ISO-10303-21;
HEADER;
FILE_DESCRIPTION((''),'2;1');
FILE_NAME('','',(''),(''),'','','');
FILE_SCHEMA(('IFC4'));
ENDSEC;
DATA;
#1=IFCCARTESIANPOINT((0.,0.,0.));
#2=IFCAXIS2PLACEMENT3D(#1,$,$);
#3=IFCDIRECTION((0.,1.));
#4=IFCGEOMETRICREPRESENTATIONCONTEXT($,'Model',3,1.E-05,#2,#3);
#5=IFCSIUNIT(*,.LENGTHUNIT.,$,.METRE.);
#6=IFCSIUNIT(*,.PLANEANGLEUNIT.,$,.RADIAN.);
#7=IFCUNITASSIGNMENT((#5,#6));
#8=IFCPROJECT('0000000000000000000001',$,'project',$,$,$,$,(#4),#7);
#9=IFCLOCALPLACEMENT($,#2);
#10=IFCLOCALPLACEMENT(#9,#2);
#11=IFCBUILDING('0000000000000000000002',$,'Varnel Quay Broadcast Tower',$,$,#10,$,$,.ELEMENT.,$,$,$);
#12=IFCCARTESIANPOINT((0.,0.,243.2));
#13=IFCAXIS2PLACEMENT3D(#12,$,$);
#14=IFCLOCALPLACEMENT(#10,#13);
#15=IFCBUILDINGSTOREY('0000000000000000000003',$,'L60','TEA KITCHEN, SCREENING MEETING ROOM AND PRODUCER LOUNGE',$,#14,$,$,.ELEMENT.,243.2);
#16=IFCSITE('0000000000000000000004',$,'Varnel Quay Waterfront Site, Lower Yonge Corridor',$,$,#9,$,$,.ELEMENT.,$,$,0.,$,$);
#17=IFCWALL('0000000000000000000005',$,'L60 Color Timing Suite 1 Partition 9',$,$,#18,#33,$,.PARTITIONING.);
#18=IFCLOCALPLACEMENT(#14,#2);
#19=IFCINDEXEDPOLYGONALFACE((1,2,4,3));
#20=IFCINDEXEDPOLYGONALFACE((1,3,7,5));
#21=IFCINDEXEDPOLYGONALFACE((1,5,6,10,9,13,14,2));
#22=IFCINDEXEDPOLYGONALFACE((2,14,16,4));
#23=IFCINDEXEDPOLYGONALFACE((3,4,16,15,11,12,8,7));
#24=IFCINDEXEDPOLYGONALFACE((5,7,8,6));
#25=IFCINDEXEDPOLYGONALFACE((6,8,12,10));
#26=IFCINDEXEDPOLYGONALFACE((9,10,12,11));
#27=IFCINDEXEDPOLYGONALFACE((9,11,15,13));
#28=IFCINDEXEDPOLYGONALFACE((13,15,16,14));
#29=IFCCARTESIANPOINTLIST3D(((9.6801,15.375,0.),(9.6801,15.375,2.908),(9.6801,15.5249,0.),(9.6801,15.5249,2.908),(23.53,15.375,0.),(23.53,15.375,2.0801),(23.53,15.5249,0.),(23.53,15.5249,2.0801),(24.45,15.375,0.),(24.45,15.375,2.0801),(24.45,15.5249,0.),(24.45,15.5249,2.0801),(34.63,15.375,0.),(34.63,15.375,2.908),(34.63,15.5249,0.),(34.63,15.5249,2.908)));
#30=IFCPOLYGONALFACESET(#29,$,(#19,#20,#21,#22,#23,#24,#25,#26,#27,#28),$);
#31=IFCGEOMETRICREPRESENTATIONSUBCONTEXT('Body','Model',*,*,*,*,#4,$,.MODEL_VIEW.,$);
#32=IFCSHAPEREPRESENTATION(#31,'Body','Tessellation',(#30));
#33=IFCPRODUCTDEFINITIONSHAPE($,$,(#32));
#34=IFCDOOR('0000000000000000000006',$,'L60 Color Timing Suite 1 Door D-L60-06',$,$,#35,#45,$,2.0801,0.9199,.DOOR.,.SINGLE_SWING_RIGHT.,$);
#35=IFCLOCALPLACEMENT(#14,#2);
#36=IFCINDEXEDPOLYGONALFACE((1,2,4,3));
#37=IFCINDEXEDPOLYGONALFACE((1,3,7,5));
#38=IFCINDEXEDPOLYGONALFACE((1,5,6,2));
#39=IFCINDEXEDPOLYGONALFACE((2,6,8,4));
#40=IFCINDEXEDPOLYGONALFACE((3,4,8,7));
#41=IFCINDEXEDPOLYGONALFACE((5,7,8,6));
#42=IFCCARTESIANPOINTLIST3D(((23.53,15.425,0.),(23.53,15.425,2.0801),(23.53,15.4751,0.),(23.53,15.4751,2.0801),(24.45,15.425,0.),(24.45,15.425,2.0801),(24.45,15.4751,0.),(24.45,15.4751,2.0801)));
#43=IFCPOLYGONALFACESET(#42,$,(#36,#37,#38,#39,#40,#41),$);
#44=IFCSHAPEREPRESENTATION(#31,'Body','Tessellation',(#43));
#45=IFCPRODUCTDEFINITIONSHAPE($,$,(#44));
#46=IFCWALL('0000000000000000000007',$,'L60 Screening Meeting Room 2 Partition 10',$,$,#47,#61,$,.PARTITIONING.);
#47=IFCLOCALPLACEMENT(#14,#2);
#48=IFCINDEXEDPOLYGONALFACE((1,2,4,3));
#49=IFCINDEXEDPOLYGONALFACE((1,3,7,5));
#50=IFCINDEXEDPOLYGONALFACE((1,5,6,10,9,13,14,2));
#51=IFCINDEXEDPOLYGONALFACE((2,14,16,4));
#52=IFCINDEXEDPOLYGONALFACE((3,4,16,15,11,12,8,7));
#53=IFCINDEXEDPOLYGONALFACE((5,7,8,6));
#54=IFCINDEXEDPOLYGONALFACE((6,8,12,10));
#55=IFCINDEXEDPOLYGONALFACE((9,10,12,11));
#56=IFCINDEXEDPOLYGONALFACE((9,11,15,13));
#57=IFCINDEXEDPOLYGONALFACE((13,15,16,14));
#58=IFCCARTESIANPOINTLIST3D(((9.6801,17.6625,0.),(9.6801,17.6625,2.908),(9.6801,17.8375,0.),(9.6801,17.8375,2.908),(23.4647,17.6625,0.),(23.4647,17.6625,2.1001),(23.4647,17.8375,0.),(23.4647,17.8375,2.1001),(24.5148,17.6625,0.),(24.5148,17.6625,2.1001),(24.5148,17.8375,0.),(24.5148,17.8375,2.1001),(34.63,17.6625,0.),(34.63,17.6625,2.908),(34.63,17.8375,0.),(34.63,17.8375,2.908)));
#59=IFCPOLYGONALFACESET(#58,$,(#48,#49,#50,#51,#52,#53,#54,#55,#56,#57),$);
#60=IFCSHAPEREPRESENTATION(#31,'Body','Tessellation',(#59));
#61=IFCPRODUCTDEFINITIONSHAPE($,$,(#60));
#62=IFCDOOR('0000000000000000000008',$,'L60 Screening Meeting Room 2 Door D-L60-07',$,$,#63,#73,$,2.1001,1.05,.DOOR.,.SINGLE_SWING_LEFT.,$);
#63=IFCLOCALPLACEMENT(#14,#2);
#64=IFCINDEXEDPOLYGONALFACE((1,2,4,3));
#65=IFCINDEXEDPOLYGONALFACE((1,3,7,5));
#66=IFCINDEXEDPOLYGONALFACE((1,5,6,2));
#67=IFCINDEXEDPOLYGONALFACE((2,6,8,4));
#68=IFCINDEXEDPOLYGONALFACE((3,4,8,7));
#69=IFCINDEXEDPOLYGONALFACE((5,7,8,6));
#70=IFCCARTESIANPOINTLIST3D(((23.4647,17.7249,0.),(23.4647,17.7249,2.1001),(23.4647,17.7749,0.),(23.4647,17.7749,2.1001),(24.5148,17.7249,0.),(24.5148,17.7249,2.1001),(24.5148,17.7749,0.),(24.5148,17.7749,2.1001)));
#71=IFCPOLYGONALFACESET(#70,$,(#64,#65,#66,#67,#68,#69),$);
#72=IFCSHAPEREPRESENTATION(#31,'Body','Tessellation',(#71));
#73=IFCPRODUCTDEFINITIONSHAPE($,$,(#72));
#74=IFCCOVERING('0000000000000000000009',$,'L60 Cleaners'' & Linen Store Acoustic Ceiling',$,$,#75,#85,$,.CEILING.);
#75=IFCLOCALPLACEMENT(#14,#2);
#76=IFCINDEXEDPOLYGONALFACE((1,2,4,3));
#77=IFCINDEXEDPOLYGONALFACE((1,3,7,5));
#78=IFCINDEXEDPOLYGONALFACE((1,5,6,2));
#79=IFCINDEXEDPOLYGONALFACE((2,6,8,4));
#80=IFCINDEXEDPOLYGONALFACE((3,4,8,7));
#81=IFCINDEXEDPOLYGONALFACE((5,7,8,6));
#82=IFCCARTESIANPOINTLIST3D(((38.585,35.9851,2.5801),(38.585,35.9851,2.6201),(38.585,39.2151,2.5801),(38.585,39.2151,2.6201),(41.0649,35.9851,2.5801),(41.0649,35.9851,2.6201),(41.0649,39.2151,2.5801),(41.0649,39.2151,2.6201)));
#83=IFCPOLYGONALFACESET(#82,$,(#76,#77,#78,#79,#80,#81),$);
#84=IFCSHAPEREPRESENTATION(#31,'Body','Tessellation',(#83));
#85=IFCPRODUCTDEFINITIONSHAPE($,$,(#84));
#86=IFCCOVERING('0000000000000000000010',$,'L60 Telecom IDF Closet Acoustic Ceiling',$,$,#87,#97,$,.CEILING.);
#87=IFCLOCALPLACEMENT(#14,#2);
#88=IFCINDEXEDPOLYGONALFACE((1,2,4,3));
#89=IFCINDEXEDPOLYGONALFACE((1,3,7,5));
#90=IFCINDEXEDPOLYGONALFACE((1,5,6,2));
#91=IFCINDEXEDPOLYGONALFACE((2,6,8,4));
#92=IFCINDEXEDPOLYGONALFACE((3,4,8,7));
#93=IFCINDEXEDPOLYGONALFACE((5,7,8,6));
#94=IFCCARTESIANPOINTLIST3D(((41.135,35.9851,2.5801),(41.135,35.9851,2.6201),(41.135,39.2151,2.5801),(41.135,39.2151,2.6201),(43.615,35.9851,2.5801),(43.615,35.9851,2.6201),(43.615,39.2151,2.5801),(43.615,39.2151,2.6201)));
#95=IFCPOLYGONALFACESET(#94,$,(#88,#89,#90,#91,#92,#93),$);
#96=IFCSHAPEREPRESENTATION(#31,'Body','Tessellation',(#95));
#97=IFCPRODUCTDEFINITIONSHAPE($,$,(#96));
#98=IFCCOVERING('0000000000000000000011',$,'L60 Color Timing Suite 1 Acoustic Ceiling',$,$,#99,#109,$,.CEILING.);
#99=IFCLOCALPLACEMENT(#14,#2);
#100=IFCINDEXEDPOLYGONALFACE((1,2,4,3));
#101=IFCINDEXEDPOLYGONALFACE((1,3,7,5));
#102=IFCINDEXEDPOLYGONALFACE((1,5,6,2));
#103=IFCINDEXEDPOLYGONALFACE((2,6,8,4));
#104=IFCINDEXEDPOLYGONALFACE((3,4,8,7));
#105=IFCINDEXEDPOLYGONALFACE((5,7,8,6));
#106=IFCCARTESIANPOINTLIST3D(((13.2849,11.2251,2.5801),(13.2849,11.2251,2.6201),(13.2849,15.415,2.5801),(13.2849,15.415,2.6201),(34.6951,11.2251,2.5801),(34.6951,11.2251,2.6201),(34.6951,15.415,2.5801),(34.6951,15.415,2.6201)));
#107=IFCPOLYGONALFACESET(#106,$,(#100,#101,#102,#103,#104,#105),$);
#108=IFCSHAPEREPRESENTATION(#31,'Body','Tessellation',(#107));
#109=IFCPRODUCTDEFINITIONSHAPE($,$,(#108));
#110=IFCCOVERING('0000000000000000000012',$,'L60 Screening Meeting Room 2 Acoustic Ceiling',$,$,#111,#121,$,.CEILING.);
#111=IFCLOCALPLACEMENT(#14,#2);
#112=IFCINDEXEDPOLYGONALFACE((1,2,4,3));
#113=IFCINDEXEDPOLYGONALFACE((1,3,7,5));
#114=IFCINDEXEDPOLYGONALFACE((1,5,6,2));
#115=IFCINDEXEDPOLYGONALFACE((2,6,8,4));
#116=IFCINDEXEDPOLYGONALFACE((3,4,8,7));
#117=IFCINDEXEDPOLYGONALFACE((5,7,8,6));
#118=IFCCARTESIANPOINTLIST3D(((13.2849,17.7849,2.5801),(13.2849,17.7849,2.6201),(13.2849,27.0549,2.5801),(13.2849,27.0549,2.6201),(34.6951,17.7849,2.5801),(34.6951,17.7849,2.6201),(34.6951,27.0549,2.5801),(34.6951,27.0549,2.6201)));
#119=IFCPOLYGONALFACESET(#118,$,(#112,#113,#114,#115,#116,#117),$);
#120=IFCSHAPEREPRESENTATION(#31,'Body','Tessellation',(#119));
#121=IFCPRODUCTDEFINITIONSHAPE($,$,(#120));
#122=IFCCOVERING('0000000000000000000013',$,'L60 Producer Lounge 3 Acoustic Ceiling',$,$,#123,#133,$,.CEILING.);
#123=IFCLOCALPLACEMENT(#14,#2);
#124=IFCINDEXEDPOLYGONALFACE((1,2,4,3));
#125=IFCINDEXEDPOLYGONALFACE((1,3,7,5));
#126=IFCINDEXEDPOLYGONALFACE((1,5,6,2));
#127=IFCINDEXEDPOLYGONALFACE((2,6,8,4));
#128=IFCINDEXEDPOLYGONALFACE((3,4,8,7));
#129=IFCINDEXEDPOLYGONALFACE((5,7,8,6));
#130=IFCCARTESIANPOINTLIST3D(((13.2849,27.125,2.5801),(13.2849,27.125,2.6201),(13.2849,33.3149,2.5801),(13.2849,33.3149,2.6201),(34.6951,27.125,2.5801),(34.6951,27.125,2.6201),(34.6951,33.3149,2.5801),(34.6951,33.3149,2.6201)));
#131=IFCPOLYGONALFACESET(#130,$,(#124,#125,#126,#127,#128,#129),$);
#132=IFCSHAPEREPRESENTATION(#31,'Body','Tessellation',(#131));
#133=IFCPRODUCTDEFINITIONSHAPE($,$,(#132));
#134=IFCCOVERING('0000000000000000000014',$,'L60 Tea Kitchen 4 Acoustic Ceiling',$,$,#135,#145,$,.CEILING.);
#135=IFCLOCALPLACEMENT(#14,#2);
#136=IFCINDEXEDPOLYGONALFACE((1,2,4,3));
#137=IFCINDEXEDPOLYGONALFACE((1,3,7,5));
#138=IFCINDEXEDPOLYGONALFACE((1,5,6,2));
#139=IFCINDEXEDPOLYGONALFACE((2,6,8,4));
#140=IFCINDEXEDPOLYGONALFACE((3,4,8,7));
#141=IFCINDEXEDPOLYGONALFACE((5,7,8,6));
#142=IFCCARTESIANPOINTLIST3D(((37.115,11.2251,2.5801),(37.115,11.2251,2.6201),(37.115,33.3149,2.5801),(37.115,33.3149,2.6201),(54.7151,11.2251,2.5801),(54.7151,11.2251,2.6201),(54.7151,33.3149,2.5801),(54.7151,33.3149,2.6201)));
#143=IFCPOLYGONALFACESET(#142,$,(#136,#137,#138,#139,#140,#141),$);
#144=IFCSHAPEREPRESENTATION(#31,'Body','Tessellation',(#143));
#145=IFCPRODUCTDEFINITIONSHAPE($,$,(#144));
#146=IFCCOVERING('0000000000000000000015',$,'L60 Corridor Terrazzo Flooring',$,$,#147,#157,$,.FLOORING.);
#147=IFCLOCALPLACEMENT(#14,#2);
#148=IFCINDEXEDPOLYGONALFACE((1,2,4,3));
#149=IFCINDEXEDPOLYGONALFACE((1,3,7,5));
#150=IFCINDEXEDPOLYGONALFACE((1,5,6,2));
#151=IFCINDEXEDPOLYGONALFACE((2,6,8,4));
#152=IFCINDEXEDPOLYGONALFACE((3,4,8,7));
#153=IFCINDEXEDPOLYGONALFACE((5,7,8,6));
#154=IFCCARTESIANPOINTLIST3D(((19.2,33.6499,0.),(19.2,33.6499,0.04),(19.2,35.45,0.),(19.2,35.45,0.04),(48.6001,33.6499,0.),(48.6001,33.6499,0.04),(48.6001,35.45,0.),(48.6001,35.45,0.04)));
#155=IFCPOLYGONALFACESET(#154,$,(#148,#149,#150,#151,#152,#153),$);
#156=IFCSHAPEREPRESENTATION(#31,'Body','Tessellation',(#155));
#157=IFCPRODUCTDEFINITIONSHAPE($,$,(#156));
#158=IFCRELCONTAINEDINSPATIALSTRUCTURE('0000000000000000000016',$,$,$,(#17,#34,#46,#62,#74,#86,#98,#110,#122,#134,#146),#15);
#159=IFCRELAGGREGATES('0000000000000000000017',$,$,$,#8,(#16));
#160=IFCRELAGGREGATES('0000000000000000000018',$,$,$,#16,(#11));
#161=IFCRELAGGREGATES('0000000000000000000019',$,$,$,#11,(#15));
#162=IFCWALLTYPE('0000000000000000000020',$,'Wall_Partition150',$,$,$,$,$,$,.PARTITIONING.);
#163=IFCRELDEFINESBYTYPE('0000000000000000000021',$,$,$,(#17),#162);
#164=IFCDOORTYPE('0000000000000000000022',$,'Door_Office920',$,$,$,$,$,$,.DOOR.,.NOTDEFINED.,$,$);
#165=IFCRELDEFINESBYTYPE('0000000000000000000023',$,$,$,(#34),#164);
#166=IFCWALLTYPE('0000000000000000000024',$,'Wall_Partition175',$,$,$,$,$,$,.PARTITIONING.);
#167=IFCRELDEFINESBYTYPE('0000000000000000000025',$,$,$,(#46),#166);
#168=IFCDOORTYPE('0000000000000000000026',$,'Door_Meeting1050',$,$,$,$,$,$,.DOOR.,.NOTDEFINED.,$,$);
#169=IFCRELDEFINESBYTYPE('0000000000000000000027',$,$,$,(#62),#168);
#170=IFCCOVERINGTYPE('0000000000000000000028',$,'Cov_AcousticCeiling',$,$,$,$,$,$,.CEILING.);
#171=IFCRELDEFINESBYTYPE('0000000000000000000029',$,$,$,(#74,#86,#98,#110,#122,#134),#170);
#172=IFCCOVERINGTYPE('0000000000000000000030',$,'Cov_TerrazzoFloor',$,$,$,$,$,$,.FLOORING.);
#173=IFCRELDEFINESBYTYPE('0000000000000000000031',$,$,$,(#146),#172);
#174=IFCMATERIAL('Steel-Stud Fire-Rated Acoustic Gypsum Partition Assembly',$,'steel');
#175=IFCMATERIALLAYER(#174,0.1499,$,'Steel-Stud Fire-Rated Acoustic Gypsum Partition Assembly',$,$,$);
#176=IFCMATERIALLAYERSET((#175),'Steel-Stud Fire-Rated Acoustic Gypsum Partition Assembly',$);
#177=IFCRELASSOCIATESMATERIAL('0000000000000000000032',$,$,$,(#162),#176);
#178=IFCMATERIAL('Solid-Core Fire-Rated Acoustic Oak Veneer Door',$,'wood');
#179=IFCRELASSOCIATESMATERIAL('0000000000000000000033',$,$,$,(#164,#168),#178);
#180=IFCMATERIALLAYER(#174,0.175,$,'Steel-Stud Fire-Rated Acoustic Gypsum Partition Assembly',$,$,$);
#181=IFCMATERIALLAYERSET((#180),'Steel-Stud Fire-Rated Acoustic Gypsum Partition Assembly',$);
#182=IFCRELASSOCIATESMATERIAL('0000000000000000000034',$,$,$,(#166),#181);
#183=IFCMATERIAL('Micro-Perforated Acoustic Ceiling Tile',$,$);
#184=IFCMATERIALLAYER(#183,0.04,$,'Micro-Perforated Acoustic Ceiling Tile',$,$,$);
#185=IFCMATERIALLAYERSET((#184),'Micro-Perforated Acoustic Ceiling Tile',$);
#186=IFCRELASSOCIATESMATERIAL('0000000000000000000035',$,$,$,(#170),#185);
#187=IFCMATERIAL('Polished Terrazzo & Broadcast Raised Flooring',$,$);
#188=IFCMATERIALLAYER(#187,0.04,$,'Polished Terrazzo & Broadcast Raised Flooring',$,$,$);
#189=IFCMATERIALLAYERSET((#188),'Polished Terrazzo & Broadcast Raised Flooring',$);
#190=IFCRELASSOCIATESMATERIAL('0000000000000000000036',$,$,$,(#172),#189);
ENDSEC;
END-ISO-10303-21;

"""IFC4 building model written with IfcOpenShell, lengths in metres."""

from ifc_helpers import new_model, si_unit, direction, frame, frame_2d, origin, place, context, subcontext, project, spatial, polyline, rectangle, outline, extrude, source, transform, mapped, material, layer, layer_set, type_object, type_shapes, element, fill, save


model = new_model("IFC4")

# Units and contexts
model_context = context("Model", 3, precision=1e-05, world=origin(), true_north=direction((0.0, 1.0)))
body_context = subcontext(model_context, "Body", "Model", "MODEL_VIEW")
ifc_project = project(units=[si_unit("LENGTHUNIT", "METRE"), si_unit("PLANEANGLEUNIT", "RADIAN")], contexts=[model_context])

# Site, building, storey
site_placement = place(None, origin())
site = spatial("IfcSite", under=ifc_project, at=site_placement, Name="Varnel Quay Waterfront Site, Lower Yonge Corridor", CompositionType="ELEMENT", RefElevation=0.0)
building_placement = place(site_placement, origin())
building = spatial("IfcBuilding", under=site, at=building_placement, Name="Varnel Quay Broadcast Tower", CompositionType="ELEMENT")
storey_placement = place(building_placement, frame((0.0, 0.0, 243.2)))
storey = spatial("IfcBuildingStorey", under=building, at=storey_placement, Name="L60", Description="TEA KITCHEN, SCREENING MEETING ROOM AND PRODUCER LOUNGE", CompositionType="ELEMENT", Elevation=243.2)

# Walls, openings, doors
ifc_material_1 = material(Name="Steel-Stud Fire-Rated Acoustic Gypsum Partition Assembly", Category="steel")
ifc_layer_1 = layer(ifc_material_1, 0.1499, Name="Steel-Stud Fire-Rated Acoustic Gypsum Partition Assembly")
ifc_layer_set_1 = layer_set([ifc_layer_1], Name="Steel-Stud Fire-Rated Acoustic Gypsum Partition Assembly")
wall_type_1 = type_object("IfcWallType", Name="Wall_Partition150", PredefinedType="PARTITIONING", material=ifc_layer_set_1)
wall_1_placement = place(storey_placement, frame((9.6799, 15.45, 0.0), z_axis=(0.0, 0.0, 1.0), x_axis=(1.0, 0.0, 0.0)))
wall_1 = element("IfcWall", 1, at=wall_1_placement, inside=storey, type_object=wall_type_1, Name="L60 Color Timing Suite 1 Partition 9", PredefinedType="PARTITIONING", context=body_context, shape_type="SweptSolid", body=[
    extrude(rectangle(XDim=24.95, YDim=0.1499, at=frame_2d((12.4751, 0.0))), origin(), (0.0, 0.0, 1.0), 2.908),
])
opening_1_placement = place(wall_1_placement, frame((13.8501, 0.0, 0.0)))
opening_1 = element("IfcOpeningElement", 2, at=opening_1_placement, cuts=wall_1, PredefinedType="OPENING", context=body_context, shape_type="SweptSolid", body=[
    extrude(rectangle(XDim=0.9199, YDim=2.0801, at=frame_2d((0.46, 1.04))), frame((0.0, 0.085, 0.0), z_axis=(0.0, -1.0, 0.0), x_axis=(1.0, 0.0, 0.0)), (0.0, 0.0, 1.0), 0.1699),
])
ifc_material_2 = material(Name="Solid-Core Fire-Rated Acoustic Oak Veneer Door", Category="wood")
door_type_1 = type_object("IfcDoorType", Name="Door_Office920", OperationType="NOTDEFINED", PredefinedType="DOOR", material=ifc_material_2)
shared_shape_1 = source(origin(), body_context, "Body", "SweptSolid", [
    extrude(rectangle(XDim=0.9199, YDim=2.0801, at=frame_2d((0.46, 1.04))), frame((0.0, 0.0249, 0.0), z_axis=(0.0, -1.0, 0.0), x_axis=(1.0, 0.0, 0.0)), (0.0, 0.0, 1.0), 0.05),
])
type_shapes(door_type_1, [shared_shape_1])
door_1_placement = place(opening_1_placement, frame((0.9199, 0.0, 0.0), z_axis=(0.0, 0.0, 1.0), x_axis=(-1.0, 0.0, 0.0)))
door_1 = element("IfcDoor", 3, at=door_1_placement, inside=storey, type_object=door_type_1, Name="L60 Color Timing Suite 1 Door D-L60-06", OperationType="SINGLE_SWING_RIGHT", OverallHeight=2.0801, OverallWidth=0.9199, PredefinedType="DOOR", context=body_context, shape_type="MappedRepresentation", body=[
    mapped(shared_shape_1, transform((0.0, 0.0, 0.0), x_axis=(1.0, 0.0, 0.0), y_axis=(0.0, 1.0, 0.0), z_axis=(0.0, 0.0, 1.0), scale=1.0)),
])
fill(opening_1, door_1)
ifc_layer_2 = layer(ifc_material_1, 0.175, Name="Steel-Stud Fire-Rated Acoustic Gypsum Partition Assembly")
ifc_layer_set_2 = layer_set([ifc_layer_2], Name="Steel-Stud Fire-Rated Acoustic Gypsum Partition Assembly")
wall_type_2 = type_object("IfcWallType", Name="Wall_Partition175", PredefinedType="PARTITIONING", material=ifc_layer_set_2)
wall_2_placement = place(storey_placement, frame((9.6799, 17.75, 0.0), z_axis=(0.0, 0.0, 1.0), x_axis=(1.0, 0.0, 0.0)))
wall_2 = element("IfcWall", 4, at=wall_2_placement, inside=storey, type_object=wall_type_2, Name="L60 Screening Meeting Room 2 Partition 10", PredefinedType="PARTITIONING", context=body_context, shape_type="SweptSolid", body=[
    extrude(rectangle(XDim=24.95, YDim=0.175, at=frame_2d((12.4751, 0.0))), origin(), (0.0, 0.0, 1.0), 2.908),
])
opening_2_placement = place(wall_2_placement, frame((13.7849, 0.0, 0.0)))
opening_2 = element("IfcOpeningElement", 5, at=opening_2_placement, cuts=wall_2, PredefinedType="OPENING", context=body_context, shape_type="SweptSolid", body=[
    extrude(rectangle(XDim=1.05, YDim=2.1001, at=frame_2d((0.5249, 1.05))), frame((0.0, 0.0977, 0.0), z_axis=(0.0, -1.0, 0.0), x_axis=(1.0, 0.0, 0.0)), (0.0, 0.0, 1.0), 0.1951),
])
door_type_2 = type_object("IfcDoorType", Name="Door_Meeting1050", OperationType="NOTDEFINED", PredefinedType="DOOR", material=ifc_material_2)
shared_shape_2 = source(origin(), body_context, "Body", "SweptSolid", [
    extrude(rectangle(XDim=1.05, YDim=2.1001, at=frame_2d((0.5249, 1.05))), frame((0.0, 0.0249, 0.0), z_axis=(0.0, -1.0, 0.0), x_axis=(1.0, 0.0, 0.0)), (0.0, 0.0, 1.0), 0.05),
])
type_shapes(door_type_2, [shared_shape_2])
door_2_placement = place(opening_2_placement, origin())
door_2 = element("IfcDoor", 6, at=door_2_placement, inside=storey, type_object=door_type_2, Name="L60 Screening Meeting Room 2 Door D-L60-07", OperationType="SINGLE_SWING_LEFT", OverallHeight=2.1001, OverallWidth=1.05, PredefinedType="DOOR", context=body_context, shape_type="MappedRepresentation", body=[
    mapped(shared_shape_2, transform((0.0, 0.0, 0.0), x_axis=(1.0, 0.0, 0.0), y_axis=(0.0, 1.0, 0.0), z_axis=(0.0, 0.0, 1.0), scale=1.0)),
])
fill(opening_2, door_2)

# Coverings
ifc_material_3 = material(Name="Micro-Perforated Acoustic Ceiling Tile")
ifc_layer_3 = layer(ifc_material_3, 0.04, Name="Micro-Perforated Acoustic Ceiling Tile")
ifc_layer_set_3 = layer_set([ifc_layer_3], Name="Micro-Perforated Acoustic Ceiling Tile")
covering_type_1 = type_object("IfcCoveringType", Name="Cov_AcousticCeiling", PredefinedType="CEILING", material=ifc_layer_set_3)
covering_1_placement = place(storey_placement, frame((0.0, 0.0, 2.5801)))
element("IfcCovering", 7, at=covering_1_placement, inside=storey, type_object=covering_type_1, Name="L60 Cleaners' & Linen Store Acoustic Ceiling", PredefinedType="CEILING", context=body_context, shape_type="SweptSolid", body=[
    extrude(outline(polyline([(38.585, 35.9851), (41.0649, 35.9851), (41.0649, 39.2151), (38.585, 39.2151), (38.585, 35.9851)])), origin(), (0.0, 0.0, 1.0), 0.04),
])
covering_2_placement = place(storey_placement, frame((0.0, 0.0, 2.5801)))
element("IfcCovering", 8, at=covering_2_placement, inside=storey, type_object=covering_type_1, Name="L60 Telecom IDF Closet Acoustic Ceiling", PredefinedType="CEILING", context=body_context, shape_type="SweptSolid", body=[
    extrude(outline(polyline([(41.135, 35.9851), (43.615, 35.9851), (43.615, 39.2151), (41.135, 39.2151), (41.135, 35.9851)])), origin(), (0.0, 0.0, 1.0), 0.04),
])
covering_3_placement = place(storey_placement, frame((0.0, 0.0, 2.5801)))
element("IfcCovering", 9, at=covering_3_placement, inside=storey, type_object=covering_type_1, Name="L60 Color Timing Suite 1 Acoustic Ceiling", PredefinedType="CEILING", context=body_context, shape_type="SweptSolid", body=[
    extrude(outline(polyline([(13.2849, 11.2251), (34.6951, 11.2251), (34.6951, 15.415), (13.2849, 15.415), (13.2849, 11.2251)])), origin(), (0.0, 0.0, 1.0), 0.04),
])
covering_4_placement = place(storey_placement, frame((0.0, 0.0, 2.5801)))
element("IfcCovering", 10, at=covering_4_placement, inside=storey, type_object=covering_type_1, Name="L60 Screening Meeting Room 2 Acoustic Ceiling", PredefinedType="CEILING", context=body_context, shape_type="SweptSolid", body=[
    extrude(outline(polyline([(13.2849, 17.7849), (34.6951, 17.7849), (34.6951, 27.0549), (13.2849, 27.0549), (13.2849, 17.7849)])), origin(), (0.0, 0.0, 1.0), 0.04),
])
covering_5_placement = place(storey_placement, frame((0.0, 0.0, 2.5801)))
element("IfcCovering", 11, at=covering_5_placement, inside=storey, type_object=covering_type_1, Name="L60 Producer Lounge 3 Acoustic Ceiling", PredefinedType="CEILING", context=body_context, shape_type="SweptSolid", body=[
    extrude(outline(polyline([(13.2849, 27.125), (34.6951, 27.125), (34.6951, 33.3149), (13.2849, 33.3149), (13.2849, 27.125)])), origin(), (0.0, 0.0, 1.0), 0.04),
])
covering_6_placement = place(storey_placement, frame((0.0, 0.0, 2.5801)))
element("IfcCovering", 12, at=covering_6_placement, inside=storey, type_object=covering_type_1, Name="L60 Tea Kitchen 4 Acoustic Ceiling", PredefinedType="CEILING", context=body_context, shape_type="SweptSolid", body=[
    extrude(outline(polyline([(37.115, 11.2251), (54.7151, 11.2251), (54.7151, 33.3149), (37.115, 33.3149), (37.115, 11.2251)])), origin(), (0.0, 0.0, 1.0), 0.04),
])
ifc_material_4 = material(Name="Polished Terrazzo & Broadcast Raised Flooring")
ifc_layer_4 = layer(ifc_material_4, 0.04, Name="Polished Terrazzo & Broadcast Raised Flooring")
ifc_layer_set_4 = layer_set([ifc_layer_4], Name="Polished Terrazzo & Broadcast Raised Flooring")
covering_type_2 = type_object("IfcCoveringType", Name="Cov_TerrazzoFloor", PredefinedType="FLOORING", material=ifc_layer_set_4)
covering_7_placement = place(storey_placement, origin())
element("IfcCovering", 13, at=covering_7_placement, inside=storey, type_object=covering_type_2, Name="L60 Corridor Terrazzo Flooring", PredefinedType="FLOORING", context=body_context, shape_type="SweptSolid", body=[
    extrude(outline(polyline([(19.2, 33.6499), (48.6001, 33.6499), (48.6001, 35.45), (19.2, 35.45), (19.2, 33.6499)])), origin(), (0.0, 0.0, 1.0), 0.04),
])

save(model, "model.ifc")
